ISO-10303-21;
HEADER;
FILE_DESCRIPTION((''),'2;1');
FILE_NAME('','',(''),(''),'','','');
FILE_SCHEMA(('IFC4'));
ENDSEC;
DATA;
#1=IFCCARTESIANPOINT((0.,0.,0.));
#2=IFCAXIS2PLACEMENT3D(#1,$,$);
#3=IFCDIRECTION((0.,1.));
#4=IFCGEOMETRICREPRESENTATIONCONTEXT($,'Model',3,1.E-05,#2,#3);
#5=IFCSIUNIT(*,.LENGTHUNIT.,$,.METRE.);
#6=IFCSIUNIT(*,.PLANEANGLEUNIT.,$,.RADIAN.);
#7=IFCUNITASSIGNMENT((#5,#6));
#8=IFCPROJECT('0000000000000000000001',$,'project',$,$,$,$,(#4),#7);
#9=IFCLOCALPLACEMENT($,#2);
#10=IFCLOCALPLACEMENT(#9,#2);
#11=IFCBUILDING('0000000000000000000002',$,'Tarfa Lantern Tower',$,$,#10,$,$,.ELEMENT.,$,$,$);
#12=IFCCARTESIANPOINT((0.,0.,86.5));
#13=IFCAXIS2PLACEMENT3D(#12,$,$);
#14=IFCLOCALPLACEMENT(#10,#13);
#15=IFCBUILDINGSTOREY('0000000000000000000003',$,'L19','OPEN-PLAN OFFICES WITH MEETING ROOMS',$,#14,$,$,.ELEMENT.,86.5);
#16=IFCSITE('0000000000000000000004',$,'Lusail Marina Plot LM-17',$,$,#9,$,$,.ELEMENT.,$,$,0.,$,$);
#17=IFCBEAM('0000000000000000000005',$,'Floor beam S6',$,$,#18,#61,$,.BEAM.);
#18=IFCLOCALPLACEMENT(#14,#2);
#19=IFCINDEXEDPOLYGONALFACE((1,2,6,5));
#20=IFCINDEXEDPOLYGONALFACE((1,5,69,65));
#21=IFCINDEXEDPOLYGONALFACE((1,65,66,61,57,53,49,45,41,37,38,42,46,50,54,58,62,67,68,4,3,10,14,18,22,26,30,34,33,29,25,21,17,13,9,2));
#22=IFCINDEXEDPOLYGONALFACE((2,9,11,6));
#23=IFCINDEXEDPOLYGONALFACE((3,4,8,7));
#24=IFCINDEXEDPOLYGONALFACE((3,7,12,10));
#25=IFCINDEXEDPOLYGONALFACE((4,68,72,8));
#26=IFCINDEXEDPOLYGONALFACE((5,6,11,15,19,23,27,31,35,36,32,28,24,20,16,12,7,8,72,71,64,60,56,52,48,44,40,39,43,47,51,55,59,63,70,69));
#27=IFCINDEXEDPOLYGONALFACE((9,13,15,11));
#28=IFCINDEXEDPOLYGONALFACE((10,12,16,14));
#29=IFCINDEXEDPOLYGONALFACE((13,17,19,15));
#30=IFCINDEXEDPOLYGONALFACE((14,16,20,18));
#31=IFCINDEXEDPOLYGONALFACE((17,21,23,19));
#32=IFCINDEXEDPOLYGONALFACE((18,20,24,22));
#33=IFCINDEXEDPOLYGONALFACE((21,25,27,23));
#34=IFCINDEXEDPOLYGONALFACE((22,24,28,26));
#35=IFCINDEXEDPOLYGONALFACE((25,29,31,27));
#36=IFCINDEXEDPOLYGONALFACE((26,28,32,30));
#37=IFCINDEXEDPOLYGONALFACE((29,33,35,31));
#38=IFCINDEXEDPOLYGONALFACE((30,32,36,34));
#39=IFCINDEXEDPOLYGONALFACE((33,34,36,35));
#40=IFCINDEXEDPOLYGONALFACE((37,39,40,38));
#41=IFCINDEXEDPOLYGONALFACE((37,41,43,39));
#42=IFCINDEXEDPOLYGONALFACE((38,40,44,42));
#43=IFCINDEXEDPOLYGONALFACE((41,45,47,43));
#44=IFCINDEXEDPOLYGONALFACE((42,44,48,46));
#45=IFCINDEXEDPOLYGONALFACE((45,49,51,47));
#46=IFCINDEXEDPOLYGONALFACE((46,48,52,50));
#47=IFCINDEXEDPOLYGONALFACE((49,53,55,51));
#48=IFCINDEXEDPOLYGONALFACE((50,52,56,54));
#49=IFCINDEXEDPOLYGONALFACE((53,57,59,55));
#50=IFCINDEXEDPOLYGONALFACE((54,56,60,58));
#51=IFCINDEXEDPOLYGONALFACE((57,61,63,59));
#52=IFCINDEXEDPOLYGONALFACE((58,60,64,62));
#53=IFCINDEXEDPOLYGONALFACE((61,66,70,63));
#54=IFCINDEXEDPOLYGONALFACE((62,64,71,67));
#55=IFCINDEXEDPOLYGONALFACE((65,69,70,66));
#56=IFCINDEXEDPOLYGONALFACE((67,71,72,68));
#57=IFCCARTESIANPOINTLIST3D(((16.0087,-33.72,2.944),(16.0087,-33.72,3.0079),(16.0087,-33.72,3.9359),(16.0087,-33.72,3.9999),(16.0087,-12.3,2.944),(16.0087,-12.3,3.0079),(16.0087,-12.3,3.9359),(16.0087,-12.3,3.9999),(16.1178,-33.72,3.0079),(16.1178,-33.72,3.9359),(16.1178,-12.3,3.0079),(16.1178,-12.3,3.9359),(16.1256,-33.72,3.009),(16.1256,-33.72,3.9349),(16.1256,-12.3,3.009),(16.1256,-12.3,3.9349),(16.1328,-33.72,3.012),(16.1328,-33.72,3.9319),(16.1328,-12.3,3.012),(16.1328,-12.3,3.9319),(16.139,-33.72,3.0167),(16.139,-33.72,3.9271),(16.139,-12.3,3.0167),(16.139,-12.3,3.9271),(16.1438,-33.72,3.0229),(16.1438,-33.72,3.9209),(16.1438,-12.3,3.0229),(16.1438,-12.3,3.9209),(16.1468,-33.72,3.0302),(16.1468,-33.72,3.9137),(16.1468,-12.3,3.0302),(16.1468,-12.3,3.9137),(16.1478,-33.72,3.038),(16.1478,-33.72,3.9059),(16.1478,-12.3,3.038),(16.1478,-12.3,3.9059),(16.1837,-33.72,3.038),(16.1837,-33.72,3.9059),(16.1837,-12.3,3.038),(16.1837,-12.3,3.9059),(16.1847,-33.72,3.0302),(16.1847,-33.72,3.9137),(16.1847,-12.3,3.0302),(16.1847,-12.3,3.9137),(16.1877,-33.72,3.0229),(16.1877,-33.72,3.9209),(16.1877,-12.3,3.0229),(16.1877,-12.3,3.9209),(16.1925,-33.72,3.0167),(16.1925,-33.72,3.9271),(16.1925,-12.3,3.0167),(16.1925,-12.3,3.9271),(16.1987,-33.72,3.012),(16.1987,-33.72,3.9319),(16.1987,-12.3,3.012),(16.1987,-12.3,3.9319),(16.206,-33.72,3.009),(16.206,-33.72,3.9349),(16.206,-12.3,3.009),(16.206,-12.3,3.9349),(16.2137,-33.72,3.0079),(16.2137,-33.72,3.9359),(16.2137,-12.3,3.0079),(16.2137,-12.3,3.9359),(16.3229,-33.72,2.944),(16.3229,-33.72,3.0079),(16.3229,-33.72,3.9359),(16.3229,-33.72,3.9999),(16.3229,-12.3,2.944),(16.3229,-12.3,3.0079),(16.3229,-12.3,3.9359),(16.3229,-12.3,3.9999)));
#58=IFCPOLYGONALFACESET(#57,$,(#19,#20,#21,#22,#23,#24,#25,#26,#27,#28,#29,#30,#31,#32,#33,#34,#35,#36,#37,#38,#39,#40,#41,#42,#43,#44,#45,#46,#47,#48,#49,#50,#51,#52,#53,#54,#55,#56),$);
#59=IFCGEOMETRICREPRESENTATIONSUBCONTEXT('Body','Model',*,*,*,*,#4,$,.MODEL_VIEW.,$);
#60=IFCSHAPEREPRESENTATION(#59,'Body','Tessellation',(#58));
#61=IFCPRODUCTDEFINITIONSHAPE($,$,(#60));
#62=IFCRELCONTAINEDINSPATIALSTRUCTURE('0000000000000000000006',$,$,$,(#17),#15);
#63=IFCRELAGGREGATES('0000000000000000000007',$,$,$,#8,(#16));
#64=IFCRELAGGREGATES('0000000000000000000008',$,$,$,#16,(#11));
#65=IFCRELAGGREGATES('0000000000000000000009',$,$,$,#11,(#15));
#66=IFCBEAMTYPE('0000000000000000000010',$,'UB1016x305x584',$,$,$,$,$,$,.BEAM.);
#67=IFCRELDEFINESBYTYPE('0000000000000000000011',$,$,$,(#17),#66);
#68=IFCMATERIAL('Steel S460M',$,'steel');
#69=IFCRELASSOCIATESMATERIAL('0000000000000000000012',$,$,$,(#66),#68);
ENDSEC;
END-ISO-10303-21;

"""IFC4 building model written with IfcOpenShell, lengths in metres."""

from ifc_helpers import new_model, si_unit, direction, frame, origin, origin_2d, place, context, subcontext, project, spatial, i_section, extrude, material, material_profile, profile_set, type_object, element, save


model = new_model("IFC4")

# Units and contexts
model_context = context("Model", 3, precision=1e-05, world=origin(), true_north=direction((0.0, 1.0)))
body_context = subcontext(model_context, "Body", "Model", "MODEL_VIEW")
ifc_project = project(units=[si_unit("LENGTHUNIT", "METRE"), si_unit("PLANEANGLEUNIT", "RADIAN")], contexts=[model_context])

# Site, building, storey
site_placement = place(None, origin())
site = spatial("IfcSite", under=ifc_project, at=site_placement, Name="Lusail Marina Plot LM-17", CompositionType="ELEMENT", RefElevation=0.0)
building_placement = place(site_placement, origin())
building = spatial("IfcBuilding", under=site, at=building_placement, Name="Tarfa Lantern Tower", CompositionType="ELEMENT")
storey_placement = place(building_placement, frame((0.0, 0.0, 86.5)))
storey = spatial("IfcBuildingStorey", under=building, at=storey_placement, Name="L19", Description="OPEN-PLAN OFFICES WITH MEETING ROOMS", CompositionType="ELEMENT", Elevation=86.5)

# Beam
ifc_material_1 = material(Name="Steel S460M", Category="steel")
ifc_material_profile_1 = material_profile(ifc_material_1, i_section(OverallWidth=0.3142, OverallDepth=1.0559, WebThickness=0.0359, FlangeThickness=0.064, FilletRadius=0.03, at=origin_2d()), Name="UB1016x305x584")
ifc_profile_set_1 = profile_set([ifc_material_profile_1], Name="Steel S460M")
beam_type_1 = type_object("IfcBeamType", Name="UB1016x305x584", PredefinedType="BEAM", material=ifc_profile_set_1)
beam_1_placement = place(storey_placement, frame((16.1658, -33.72, 3.4719), z_axis=(0.0, 1.0, 0.0), x_axis=(-1.0, 0.0, 0.0)))
element("IfcBeam", 1, at=beam_1_placement, inside=storey, type_object=beam_type_1, Name="Floor beam S6", PredefinedType="BEAM", context=body_context, shape_type="SweptSolid", body=[
    extrude(i_section(OverallWidth=0.3142, OverallDepth=1.0559, WebThickness=0.0359, FlangeThickness=0.064, FilletRadius=0.03, at=origin_2d()), origin(), (0.0, 0.0, 1.0), 21.4199),
])

save(model, "model.ifc")
